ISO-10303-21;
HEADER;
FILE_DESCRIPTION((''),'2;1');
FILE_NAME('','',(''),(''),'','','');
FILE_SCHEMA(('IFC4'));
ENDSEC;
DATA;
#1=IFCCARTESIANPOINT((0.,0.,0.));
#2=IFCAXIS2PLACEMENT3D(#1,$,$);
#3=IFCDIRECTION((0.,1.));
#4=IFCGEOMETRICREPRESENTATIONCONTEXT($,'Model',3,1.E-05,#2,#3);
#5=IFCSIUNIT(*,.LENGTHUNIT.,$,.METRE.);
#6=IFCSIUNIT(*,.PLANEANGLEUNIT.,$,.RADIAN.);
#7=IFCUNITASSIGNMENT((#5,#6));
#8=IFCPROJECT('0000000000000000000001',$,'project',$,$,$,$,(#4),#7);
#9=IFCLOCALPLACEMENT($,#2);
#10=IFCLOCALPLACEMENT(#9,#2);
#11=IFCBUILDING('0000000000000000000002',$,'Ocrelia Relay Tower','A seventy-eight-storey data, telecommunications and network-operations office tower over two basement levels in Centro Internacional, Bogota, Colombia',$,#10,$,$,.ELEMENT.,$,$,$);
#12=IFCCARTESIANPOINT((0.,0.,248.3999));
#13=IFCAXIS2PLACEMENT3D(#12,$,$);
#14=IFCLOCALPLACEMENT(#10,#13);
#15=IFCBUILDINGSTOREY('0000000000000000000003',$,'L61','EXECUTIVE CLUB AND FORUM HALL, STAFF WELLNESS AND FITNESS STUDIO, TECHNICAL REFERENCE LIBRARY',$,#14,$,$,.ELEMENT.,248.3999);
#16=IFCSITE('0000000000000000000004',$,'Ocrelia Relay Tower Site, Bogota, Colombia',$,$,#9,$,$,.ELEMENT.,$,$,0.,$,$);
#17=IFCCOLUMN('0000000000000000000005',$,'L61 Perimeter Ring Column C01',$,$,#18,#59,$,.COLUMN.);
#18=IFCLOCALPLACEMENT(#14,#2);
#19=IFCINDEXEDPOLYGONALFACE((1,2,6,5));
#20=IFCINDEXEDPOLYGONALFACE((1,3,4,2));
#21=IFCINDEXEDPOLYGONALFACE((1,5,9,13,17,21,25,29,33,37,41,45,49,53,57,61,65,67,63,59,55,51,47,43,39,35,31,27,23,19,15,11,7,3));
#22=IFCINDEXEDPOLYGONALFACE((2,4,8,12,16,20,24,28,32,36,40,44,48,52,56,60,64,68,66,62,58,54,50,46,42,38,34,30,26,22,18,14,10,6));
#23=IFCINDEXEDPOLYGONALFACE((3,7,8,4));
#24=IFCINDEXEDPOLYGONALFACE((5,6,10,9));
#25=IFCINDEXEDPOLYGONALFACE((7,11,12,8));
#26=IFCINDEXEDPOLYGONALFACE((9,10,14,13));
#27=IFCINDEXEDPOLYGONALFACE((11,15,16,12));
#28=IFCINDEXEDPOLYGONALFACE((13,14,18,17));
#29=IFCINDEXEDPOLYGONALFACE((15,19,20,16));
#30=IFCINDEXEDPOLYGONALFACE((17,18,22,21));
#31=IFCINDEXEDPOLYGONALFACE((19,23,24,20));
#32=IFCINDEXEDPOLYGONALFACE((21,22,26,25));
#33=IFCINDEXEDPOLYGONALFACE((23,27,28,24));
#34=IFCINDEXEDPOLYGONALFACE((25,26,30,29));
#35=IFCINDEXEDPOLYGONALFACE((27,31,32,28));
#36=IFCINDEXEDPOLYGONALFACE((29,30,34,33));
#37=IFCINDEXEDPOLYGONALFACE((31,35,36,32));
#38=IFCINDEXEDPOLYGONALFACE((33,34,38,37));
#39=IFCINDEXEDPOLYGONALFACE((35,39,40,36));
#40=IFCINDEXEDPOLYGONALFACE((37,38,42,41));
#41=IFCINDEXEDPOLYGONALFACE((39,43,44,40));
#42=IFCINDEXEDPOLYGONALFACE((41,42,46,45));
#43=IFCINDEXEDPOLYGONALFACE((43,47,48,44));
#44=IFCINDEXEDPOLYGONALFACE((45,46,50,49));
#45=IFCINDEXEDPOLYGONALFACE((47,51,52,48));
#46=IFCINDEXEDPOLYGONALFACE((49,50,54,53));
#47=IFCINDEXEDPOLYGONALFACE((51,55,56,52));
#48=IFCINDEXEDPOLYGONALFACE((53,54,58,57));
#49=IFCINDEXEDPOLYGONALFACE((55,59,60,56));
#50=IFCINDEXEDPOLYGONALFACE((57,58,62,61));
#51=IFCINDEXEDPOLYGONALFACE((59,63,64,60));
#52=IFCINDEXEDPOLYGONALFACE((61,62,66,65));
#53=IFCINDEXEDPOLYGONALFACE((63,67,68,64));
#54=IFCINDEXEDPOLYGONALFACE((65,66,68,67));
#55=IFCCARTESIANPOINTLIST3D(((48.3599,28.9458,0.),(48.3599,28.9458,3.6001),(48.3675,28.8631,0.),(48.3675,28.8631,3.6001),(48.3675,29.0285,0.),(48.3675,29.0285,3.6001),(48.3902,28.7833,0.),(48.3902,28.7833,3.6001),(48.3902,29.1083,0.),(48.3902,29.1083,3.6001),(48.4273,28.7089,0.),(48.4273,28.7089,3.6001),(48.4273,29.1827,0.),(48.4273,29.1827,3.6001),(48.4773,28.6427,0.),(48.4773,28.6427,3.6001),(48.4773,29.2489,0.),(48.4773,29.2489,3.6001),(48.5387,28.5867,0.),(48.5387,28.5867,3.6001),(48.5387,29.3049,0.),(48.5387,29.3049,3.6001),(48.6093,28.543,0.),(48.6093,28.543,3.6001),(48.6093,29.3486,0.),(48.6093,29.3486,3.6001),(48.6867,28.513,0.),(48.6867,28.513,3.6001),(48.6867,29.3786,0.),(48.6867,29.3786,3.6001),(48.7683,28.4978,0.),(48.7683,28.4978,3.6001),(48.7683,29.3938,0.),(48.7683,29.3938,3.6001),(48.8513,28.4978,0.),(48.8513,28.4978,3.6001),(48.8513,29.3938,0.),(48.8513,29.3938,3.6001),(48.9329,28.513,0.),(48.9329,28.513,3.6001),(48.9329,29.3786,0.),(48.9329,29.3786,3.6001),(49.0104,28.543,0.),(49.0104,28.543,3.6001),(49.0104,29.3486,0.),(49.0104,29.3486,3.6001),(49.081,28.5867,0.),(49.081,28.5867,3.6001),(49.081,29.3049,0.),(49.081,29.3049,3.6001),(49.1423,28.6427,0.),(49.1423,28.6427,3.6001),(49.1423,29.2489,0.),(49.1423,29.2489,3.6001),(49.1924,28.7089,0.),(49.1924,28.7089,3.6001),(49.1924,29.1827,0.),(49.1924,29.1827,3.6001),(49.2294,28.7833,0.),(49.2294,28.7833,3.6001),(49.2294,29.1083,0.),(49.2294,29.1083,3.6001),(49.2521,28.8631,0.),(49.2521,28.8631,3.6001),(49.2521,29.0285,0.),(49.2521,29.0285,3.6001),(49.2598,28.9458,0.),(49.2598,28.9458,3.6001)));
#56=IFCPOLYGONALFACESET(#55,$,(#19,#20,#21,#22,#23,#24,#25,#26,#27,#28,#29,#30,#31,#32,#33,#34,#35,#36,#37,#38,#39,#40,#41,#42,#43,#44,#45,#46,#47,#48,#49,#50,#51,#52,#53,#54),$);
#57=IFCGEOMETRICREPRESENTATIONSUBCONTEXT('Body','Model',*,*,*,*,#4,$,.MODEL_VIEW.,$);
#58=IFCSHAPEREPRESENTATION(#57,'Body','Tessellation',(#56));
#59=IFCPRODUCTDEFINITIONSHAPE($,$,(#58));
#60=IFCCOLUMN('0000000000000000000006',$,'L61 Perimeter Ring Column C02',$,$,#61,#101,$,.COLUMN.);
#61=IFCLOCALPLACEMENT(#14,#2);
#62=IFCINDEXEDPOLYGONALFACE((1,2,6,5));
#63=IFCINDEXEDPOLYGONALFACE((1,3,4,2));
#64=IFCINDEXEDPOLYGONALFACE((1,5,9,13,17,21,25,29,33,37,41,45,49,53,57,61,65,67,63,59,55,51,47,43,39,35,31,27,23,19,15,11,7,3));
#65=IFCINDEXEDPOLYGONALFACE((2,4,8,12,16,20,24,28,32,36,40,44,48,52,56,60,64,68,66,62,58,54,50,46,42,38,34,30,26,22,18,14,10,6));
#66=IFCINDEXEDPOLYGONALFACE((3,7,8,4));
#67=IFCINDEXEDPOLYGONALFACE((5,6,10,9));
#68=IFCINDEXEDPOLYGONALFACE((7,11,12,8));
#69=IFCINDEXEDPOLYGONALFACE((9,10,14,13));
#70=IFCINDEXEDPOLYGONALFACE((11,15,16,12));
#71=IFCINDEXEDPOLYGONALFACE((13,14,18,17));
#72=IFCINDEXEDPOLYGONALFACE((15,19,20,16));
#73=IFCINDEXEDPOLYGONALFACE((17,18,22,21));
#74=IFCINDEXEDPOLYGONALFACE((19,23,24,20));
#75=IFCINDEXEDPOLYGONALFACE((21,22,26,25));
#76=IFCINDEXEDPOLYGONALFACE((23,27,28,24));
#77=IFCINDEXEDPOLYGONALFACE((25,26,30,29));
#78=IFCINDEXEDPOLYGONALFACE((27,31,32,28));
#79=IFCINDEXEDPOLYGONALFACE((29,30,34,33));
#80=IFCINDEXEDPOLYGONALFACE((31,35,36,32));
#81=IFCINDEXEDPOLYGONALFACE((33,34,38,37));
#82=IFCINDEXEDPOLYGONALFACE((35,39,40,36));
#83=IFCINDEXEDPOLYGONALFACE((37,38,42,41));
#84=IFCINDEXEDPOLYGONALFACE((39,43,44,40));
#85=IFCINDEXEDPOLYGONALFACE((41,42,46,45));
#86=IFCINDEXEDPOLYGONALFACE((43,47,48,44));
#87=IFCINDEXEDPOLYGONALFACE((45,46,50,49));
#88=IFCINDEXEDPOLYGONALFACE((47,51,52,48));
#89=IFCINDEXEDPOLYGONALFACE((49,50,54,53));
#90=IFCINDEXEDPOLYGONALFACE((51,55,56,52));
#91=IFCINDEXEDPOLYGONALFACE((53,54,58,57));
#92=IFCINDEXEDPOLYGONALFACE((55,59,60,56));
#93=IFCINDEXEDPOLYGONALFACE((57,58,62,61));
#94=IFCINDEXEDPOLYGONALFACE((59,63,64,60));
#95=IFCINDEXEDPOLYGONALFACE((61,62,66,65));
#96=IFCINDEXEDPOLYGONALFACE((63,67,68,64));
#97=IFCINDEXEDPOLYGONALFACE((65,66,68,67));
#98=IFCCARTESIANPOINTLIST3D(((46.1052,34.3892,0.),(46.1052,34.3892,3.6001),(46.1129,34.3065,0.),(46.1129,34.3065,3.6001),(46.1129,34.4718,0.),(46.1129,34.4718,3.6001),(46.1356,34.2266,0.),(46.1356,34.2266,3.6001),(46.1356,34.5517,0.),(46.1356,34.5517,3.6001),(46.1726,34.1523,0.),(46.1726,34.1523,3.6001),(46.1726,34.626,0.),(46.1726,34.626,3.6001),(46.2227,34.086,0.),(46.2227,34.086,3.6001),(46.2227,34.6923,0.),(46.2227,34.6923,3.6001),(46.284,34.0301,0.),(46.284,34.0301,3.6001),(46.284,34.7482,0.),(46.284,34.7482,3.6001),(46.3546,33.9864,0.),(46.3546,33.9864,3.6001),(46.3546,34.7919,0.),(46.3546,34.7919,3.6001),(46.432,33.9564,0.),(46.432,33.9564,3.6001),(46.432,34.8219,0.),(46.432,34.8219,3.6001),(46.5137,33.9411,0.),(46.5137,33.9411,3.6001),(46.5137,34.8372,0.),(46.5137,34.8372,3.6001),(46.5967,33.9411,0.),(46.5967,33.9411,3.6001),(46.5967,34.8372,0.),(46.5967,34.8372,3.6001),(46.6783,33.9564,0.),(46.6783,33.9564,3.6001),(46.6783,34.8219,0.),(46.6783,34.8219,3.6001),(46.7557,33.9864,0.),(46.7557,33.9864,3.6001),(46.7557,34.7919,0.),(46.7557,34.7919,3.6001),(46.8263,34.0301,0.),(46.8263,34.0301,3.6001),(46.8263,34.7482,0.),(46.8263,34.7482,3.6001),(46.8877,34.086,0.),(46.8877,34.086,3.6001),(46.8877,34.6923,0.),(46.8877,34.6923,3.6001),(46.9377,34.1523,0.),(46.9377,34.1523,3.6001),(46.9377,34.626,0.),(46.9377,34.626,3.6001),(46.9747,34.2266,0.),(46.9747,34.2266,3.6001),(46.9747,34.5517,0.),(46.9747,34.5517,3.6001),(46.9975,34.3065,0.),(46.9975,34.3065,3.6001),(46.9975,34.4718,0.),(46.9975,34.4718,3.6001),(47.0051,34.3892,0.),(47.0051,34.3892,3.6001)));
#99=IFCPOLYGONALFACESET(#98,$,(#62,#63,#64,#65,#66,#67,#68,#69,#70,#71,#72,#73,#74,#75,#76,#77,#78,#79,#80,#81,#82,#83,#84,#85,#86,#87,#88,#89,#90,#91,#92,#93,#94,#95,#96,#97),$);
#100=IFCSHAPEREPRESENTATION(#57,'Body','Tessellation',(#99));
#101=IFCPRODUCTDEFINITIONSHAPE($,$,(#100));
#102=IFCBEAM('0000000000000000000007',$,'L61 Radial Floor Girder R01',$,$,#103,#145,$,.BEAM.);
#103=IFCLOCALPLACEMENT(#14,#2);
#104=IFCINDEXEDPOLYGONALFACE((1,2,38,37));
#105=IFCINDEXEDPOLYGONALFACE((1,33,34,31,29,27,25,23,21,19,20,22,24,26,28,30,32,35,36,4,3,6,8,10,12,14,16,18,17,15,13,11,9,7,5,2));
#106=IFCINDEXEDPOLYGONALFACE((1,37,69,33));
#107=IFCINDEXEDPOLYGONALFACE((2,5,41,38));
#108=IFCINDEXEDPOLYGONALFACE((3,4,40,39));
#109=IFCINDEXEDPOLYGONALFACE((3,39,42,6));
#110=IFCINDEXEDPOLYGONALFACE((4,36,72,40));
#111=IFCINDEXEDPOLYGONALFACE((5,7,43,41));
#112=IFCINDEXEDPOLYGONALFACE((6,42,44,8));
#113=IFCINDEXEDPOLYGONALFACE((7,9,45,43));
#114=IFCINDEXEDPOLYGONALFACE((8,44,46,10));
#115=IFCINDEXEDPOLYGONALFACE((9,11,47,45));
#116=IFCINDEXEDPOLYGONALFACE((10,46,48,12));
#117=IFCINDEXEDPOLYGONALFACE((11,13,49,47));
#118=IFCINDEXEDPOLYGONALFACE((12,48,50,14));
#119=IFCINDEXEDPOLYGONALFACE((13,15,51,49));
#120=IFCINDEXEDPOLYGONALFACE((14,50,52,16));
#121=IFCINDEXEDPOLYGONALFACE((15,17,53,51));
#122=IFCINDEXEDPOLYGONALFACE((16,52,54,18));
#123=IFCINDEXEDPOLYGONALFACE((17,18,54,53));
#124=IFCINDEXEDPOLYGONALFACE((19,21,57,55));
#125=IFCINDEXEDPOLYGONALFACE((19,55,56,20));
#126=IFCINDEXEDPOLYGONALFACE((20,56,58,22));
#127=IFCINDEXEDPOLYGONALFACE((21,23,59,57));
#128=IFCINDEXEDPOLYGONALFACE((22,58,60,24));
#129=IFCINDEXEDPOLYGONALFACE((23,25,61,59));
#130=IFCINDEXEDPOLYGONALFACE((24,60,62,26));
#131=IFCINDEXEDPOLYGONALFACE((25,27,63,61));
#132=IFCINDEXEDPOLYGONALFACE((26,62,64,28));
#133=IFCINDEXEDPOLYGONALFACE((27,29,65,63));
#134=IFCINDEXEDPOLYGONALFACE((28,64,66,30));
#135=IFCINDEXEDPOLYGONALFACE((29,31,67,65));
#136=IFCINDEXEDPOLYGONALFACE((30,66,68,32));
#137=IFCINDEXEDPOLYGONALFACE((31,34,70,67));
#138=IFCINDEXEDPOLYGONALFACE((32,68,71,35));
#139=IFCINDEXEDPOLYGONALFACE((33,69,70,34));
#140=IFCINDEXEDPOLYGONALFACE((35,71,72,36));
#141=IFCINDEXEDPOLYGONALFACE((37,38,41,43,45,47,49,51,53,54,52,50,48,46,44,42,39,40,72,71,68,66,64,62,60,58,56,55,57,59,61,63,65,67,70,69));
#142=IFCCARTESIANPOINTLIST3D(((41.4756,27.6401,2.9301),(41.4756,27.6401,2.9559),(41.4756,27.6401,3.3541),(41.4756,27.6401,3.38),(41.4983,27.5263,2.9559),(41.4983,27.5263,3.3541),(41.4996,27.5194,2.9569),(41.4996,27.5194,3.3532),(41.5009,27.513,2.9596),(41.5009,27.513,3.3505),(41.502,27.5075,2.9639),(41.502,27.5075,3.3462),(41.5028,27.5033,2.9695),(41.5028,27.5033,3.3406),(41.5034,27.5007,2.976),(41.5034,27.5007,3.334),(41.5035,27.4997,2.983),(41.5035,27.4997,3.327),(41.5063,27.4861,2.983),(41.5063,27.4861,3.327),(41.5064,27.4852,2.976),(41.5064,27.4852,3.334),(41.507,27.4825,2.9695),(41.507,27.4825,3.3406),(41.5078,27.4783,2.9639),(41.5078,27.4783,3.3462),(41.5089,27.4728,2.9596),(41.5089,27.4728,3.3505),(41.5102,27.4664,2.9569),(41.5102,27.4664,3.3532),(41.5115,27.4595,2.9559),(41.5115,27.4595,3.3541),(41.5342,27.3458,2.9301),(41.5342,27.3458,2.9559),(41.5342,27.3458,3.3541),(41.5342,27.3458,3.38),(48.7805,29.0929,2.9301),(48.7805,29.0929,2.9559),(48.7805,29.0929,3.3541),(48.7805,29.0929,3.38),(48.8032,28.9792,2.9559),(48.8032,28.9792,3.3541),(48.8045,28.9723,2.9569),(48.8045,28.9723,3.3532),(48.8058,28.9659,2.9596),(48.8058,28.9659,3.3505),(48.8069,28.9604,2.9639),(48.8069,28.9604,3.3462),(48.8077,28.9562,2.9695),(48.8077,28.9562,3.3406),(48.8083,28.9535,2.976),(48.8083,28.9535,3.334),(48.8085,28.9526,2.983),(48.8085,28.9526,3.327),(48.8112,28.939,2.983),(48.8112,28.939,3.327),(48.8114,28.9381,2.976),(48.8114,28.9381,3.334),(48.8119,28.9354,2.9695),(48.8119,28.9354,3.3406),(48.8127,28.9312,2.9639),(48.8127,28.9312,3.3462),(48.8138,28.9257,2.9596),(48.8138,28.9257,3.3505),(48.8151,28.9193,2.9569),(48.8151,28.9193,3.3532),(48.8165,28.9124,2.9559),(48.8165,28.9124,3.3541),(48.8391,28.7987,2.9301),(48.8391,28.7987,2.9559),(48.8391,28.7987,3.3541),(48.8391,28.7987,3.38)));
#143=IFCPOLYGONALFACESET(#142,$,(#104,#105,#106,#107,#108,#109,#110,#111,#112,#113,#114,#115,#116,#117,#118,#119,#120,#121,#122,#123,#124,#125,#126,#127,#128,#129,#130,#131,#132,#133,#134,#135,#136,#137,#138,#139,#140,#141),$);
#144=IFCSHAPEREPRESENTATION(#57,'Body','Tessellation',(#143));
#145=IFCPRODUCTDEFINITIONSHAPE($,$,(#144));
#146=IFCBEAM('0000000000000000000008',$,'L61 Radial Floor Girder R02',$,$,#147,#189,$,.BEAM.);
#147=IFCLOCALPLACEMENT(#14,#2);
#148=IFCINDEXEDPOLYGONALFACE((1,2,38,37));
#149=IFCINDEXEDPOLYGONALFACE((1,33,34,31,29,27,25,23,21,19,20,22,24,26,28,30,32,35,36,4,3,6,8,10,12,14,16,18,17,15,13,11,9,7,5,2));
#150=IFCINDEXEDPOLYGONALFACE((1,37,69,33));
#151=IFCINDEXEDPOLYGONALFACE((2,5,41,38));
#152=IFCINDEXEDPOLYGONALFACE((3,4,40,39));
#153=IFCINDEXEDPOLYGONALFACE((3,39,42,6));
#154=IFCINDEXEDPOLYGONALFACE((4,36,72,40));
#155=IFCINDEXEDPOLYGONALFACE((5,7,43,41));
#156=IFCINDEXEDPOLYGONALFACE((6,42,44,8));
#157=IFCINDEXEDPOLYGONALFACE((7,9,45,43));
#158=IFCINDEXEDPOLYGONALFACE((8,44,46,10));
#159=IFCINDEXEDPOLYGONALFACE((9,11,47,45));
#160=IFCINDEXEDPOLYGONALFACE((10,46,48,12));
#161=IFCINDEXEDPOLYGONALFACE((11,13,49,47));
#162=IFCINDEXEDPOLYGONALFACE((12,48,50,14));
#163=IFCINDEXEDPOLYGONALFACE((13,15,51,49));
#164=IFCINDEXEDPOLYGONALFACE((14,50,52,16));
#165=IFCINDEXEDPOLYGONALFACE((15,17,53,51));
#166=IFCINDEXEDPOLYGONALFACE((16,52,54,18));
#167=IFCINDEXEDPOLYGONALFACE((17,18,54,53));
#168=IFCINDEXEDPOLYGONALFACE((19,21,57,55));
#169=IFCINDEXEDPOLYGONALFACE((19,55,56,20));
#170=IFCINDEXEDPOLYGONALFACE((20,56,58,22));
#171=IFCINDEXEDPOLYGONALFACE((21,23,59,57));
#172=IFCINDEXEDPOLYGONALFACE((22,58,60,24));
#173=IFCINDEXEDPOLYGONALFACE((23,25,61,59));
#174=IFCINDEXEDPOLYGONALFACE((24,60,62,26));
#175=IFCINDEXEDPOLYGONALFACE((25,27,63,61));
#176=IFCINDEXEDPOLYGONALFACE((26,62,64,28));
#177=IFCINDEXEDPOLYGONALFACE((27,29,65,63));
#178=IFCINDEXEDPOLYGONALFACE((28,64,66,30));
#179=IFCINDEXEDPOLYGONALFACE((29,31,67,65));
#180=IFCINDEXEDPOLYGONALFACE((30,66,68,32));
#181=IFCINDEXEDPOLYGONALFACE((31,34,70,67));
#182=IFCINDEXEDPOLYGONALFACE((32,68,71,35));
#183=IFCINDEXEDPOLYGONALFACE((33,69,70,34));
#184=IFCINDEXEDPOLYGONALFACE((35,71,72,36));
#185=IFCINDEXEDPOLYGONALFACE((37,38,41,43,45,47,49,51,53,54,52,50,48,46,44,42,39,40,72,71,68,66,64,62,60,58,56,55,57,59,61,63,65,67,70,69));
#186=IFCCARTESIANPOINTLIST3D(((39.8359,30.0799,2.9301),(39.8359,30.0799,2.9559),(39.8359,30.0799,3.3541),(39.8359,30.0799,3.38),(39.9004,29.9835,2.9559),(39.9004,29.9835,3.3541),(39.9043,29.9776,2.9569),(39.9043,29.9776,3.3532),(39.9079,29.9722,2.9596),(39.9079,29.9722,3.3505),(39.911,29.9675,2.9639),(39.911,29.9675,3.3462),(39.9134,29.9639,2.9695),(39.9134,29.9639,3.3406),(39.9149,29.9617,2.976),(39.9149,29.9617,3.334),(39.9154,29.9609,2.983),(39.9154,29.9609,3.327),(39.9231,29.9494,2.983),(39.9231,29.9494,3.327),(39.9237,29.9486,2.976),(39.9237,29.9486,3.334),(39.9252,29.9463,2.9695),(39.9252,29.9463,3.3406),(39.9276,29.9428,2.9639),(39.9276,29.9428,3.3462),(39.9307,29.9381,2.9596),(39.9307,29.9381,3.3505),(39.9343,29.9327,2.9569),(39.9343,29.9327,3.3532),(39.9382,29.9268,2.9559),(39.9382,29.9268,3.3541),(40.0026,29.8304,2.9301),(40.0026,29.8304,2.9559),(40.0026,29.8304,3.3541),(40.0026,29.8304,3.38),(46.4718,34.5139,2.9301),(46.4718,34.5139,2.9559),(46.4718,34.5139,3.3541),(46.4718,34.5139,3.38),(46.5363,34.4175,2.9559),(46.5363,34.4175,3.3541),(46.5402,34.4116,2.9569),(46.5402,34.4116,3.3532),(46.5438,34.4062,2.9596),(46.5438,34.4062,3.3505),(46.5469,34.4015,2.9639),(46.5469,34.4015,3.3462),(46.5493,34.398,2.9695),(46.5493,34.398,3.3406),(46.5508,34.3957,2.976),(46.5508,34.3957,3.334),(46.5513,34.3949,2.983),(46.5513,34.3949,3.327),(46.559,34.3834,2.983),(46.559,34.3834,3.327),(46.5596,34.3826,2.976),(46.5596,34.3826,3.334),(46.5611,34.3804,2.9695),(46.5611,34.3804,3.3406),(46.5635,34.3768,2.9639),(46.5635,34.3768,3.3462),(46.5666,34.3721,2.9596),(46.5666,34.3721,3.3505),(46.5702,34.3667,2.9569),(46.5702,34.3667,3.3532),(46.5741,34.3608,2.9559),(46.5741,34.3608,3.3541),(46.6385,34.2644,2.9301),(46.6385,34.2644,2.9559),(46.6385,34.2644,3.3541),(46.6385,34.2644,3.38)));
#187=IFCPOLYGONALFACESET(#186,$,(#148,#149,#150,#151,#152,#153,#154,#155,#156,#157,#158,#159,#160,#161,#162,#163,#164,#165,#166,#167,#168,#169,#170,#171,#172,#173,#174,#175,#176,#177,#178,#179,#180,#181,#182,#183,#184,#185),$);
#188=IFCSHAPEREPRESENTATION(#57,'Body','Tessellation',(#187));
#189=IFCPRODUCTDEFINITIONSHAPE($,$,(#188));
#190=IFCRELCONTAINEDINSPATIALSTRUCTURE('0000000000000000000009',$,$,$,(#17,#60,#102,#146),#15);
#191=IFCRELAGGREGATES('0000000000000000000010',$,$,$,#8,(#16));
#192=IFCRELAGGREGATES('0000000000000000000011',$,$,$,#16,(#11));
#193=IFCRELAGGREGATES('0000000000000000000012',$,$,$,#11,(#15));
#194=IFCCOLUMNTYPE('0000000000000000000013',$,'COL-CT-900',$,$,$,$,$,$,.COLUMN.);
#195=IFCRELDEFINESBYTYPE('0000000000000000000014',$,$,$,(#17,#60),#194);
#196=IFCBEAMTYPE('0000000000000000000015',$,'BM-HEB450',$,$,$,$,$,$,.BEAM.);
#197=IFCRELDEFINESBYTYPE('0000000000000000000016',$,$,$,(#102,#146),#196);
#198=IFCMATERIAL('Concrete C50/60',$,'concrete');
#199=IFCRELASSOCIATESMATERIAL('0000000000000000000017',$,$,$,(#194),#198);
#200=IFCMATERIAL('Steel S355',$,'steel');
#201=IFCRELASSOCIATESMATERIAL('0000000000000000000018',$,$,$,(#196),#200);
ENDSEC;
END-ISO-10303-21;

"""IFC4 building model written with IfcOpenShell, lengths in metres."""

from ifc_helpers import new_model, si_unit, direction, frame, origin, origin_2d, place, context, subcontext, project, spatial, circle, i_section, extrude, material, material_profile, profile_set, type_object, element, save


model = new_model("IFC4")

# Units and contexts
model_context = context("Model", 3, precision=1e-05, world=origin(), true_north=direction((0.0, 1.0)))
body_context = subcontext(model_context, "Body", "Model", "MODEL_VIEW")
ifc_project = project(units=[si_unit("LENGTHUNIT", "METRE"), si_unit("PLANEANGLEUNIT", "RADIAN")], contexts=[model_context])

# Site, building, storey
site_placement = place(None, origin())
site = spatial("IfcSite", under=ifc_project, at=site_placement, Name="Ocrelia Relay Tower Site, Bogota, Colombia", CompositionType="ELEMENT", RefElevation=0.0)
building_placement = place(site_placement, origin())
building = spatial("IfcBuilding", under=site, at=building_placement, Name="Ocrelia Relay Tower", Description="A seventy-eight-storey data, telecommunications and network-operations office tower over two basement levels in Centro Internacional, Bogota, Colombia", CompositionType="ELEMENT")
storey_placement = place(building_placement, frame((0.0, 0.0, 248.3999)))
storey = spatial("IfcBuildingStorey", under=building, at=storey_placement, Name="L61", Description="EXECUTIVE CLUB AND FORUM HALL, STAFF WELLNESS AND FITNESS STUDIO, TECHNICAL REFERENCE LIBRARY", CompositionType="ELEMENT", Elevation=248.3999)

# Columns
ifc_material_1 = material(Name="Concrete C50/60", Category="concrete")
ifc_material_profile_1 = material_profile(ifc_material_1, circle(Radius=0.45, at=origin_2d()), Name="RC-CIR-900")
ifc_profile_set_1 = profile_set([ifc_material_profile_1], Name="Concrete C50/60")
column_type = type_object("IfcColumnType", Name="COL-CT-900", PredefinedType="COLUMN", material=ifc_profile_set_1)
for number, where, z_axis, x_axis, name in (
    (1, (48.8098, 28.9458, 0.0), (0.0, 0.0, 1.0), (1.0, 0.0, 0.0), "L61 Perimeter Ring Column C01"),
    (2, (46.5552, 34.3892, 0.0), (0.0, 0.0, 1.0), (1.0, 0.0, 0.0), "L61 Perimeter Ring Column C02"),
):
    element("IfcColumn", number, at=place(storey_placement, frame(where, z_axis=z_axis, x_axis=x_axis)), inside=storey, type_object=column_type, Name=name, PredefinedType="COLUMN", context=body_context, shape_type="SweptSolid", body=[
        extrude(circle(Radius=0.45, at=origin_2d()), origin(), (0.0, 0.0, 1.0), 3.6001),
    ])

# Beams
ifc_material_2 = material(Name="Steel S355", Category="steel")
ifc_material_profile_2 = material_profile(ifc_material_2, i_section(OverallWidth=0.3, OverallDepth=0.45, WebThickness=0.0139, FlangeThickness=0.0259, FilletRadius=0.0271, at=origin_2d()), Name="HEB 450")
ifc_profile_set_2 = profile_set([ifc_material_profile_2], Name="Steel S355")
beam_type_1 = type_object("IfcBeamType", Name="BM-HEB450", PredefinedType="BEAM", material=ifc_profile_set_2)
beam_1_placement = place(storey_placement, frame((48.8098, 28.9458, 3.155), z_axis=(-0.980789, -0.19507, 0.0), x_axis=(0.19507, -0.980789, 0.0)))
element("IfcBeam", 3, at=beam_1_placement, inside=storey, type_object=beam_type_1, Name="L61 Radial Floor Girder R01", PredefinedType="BEAM", context=body_context, shape_type="SweptSolid", body=[
    extrude(i_section(OverallWidth=0.3, OverallDepth=0.45, WebThickness=0.0139, FlangeThickness=0.0259, FilletRadius=0.0271, at=origin_2d()), origin(), (0.0, 0.0, 1.0), 7.448),
])
beam_2_placement = place(storey_placement, frame((46.5552, 34.3892, 3.155), z_axis=(-0.831466, -0.555575, 0.0), x_axis=(0.555575, -0.831466, 0.0)))
element("IfcBeam", 4, at=beam_2_placement, inside=storey, type_object=beam_type_1, Name="L61 Radial Floor Girder R02", PredefinedType="BEAM", context=body_context, shape_type="SweptSolid", body=[
    extrude(i_section(OverallWidth=0.3, OverallDepth=0.45, WebThickness=0.0139, FlangeThickness=0.0259, FilletRadius=0.0271, at=origin_2d()), origin(), (0.0, 0.0, 1.0), 7.981),
])

save(model, "model.ifc")
